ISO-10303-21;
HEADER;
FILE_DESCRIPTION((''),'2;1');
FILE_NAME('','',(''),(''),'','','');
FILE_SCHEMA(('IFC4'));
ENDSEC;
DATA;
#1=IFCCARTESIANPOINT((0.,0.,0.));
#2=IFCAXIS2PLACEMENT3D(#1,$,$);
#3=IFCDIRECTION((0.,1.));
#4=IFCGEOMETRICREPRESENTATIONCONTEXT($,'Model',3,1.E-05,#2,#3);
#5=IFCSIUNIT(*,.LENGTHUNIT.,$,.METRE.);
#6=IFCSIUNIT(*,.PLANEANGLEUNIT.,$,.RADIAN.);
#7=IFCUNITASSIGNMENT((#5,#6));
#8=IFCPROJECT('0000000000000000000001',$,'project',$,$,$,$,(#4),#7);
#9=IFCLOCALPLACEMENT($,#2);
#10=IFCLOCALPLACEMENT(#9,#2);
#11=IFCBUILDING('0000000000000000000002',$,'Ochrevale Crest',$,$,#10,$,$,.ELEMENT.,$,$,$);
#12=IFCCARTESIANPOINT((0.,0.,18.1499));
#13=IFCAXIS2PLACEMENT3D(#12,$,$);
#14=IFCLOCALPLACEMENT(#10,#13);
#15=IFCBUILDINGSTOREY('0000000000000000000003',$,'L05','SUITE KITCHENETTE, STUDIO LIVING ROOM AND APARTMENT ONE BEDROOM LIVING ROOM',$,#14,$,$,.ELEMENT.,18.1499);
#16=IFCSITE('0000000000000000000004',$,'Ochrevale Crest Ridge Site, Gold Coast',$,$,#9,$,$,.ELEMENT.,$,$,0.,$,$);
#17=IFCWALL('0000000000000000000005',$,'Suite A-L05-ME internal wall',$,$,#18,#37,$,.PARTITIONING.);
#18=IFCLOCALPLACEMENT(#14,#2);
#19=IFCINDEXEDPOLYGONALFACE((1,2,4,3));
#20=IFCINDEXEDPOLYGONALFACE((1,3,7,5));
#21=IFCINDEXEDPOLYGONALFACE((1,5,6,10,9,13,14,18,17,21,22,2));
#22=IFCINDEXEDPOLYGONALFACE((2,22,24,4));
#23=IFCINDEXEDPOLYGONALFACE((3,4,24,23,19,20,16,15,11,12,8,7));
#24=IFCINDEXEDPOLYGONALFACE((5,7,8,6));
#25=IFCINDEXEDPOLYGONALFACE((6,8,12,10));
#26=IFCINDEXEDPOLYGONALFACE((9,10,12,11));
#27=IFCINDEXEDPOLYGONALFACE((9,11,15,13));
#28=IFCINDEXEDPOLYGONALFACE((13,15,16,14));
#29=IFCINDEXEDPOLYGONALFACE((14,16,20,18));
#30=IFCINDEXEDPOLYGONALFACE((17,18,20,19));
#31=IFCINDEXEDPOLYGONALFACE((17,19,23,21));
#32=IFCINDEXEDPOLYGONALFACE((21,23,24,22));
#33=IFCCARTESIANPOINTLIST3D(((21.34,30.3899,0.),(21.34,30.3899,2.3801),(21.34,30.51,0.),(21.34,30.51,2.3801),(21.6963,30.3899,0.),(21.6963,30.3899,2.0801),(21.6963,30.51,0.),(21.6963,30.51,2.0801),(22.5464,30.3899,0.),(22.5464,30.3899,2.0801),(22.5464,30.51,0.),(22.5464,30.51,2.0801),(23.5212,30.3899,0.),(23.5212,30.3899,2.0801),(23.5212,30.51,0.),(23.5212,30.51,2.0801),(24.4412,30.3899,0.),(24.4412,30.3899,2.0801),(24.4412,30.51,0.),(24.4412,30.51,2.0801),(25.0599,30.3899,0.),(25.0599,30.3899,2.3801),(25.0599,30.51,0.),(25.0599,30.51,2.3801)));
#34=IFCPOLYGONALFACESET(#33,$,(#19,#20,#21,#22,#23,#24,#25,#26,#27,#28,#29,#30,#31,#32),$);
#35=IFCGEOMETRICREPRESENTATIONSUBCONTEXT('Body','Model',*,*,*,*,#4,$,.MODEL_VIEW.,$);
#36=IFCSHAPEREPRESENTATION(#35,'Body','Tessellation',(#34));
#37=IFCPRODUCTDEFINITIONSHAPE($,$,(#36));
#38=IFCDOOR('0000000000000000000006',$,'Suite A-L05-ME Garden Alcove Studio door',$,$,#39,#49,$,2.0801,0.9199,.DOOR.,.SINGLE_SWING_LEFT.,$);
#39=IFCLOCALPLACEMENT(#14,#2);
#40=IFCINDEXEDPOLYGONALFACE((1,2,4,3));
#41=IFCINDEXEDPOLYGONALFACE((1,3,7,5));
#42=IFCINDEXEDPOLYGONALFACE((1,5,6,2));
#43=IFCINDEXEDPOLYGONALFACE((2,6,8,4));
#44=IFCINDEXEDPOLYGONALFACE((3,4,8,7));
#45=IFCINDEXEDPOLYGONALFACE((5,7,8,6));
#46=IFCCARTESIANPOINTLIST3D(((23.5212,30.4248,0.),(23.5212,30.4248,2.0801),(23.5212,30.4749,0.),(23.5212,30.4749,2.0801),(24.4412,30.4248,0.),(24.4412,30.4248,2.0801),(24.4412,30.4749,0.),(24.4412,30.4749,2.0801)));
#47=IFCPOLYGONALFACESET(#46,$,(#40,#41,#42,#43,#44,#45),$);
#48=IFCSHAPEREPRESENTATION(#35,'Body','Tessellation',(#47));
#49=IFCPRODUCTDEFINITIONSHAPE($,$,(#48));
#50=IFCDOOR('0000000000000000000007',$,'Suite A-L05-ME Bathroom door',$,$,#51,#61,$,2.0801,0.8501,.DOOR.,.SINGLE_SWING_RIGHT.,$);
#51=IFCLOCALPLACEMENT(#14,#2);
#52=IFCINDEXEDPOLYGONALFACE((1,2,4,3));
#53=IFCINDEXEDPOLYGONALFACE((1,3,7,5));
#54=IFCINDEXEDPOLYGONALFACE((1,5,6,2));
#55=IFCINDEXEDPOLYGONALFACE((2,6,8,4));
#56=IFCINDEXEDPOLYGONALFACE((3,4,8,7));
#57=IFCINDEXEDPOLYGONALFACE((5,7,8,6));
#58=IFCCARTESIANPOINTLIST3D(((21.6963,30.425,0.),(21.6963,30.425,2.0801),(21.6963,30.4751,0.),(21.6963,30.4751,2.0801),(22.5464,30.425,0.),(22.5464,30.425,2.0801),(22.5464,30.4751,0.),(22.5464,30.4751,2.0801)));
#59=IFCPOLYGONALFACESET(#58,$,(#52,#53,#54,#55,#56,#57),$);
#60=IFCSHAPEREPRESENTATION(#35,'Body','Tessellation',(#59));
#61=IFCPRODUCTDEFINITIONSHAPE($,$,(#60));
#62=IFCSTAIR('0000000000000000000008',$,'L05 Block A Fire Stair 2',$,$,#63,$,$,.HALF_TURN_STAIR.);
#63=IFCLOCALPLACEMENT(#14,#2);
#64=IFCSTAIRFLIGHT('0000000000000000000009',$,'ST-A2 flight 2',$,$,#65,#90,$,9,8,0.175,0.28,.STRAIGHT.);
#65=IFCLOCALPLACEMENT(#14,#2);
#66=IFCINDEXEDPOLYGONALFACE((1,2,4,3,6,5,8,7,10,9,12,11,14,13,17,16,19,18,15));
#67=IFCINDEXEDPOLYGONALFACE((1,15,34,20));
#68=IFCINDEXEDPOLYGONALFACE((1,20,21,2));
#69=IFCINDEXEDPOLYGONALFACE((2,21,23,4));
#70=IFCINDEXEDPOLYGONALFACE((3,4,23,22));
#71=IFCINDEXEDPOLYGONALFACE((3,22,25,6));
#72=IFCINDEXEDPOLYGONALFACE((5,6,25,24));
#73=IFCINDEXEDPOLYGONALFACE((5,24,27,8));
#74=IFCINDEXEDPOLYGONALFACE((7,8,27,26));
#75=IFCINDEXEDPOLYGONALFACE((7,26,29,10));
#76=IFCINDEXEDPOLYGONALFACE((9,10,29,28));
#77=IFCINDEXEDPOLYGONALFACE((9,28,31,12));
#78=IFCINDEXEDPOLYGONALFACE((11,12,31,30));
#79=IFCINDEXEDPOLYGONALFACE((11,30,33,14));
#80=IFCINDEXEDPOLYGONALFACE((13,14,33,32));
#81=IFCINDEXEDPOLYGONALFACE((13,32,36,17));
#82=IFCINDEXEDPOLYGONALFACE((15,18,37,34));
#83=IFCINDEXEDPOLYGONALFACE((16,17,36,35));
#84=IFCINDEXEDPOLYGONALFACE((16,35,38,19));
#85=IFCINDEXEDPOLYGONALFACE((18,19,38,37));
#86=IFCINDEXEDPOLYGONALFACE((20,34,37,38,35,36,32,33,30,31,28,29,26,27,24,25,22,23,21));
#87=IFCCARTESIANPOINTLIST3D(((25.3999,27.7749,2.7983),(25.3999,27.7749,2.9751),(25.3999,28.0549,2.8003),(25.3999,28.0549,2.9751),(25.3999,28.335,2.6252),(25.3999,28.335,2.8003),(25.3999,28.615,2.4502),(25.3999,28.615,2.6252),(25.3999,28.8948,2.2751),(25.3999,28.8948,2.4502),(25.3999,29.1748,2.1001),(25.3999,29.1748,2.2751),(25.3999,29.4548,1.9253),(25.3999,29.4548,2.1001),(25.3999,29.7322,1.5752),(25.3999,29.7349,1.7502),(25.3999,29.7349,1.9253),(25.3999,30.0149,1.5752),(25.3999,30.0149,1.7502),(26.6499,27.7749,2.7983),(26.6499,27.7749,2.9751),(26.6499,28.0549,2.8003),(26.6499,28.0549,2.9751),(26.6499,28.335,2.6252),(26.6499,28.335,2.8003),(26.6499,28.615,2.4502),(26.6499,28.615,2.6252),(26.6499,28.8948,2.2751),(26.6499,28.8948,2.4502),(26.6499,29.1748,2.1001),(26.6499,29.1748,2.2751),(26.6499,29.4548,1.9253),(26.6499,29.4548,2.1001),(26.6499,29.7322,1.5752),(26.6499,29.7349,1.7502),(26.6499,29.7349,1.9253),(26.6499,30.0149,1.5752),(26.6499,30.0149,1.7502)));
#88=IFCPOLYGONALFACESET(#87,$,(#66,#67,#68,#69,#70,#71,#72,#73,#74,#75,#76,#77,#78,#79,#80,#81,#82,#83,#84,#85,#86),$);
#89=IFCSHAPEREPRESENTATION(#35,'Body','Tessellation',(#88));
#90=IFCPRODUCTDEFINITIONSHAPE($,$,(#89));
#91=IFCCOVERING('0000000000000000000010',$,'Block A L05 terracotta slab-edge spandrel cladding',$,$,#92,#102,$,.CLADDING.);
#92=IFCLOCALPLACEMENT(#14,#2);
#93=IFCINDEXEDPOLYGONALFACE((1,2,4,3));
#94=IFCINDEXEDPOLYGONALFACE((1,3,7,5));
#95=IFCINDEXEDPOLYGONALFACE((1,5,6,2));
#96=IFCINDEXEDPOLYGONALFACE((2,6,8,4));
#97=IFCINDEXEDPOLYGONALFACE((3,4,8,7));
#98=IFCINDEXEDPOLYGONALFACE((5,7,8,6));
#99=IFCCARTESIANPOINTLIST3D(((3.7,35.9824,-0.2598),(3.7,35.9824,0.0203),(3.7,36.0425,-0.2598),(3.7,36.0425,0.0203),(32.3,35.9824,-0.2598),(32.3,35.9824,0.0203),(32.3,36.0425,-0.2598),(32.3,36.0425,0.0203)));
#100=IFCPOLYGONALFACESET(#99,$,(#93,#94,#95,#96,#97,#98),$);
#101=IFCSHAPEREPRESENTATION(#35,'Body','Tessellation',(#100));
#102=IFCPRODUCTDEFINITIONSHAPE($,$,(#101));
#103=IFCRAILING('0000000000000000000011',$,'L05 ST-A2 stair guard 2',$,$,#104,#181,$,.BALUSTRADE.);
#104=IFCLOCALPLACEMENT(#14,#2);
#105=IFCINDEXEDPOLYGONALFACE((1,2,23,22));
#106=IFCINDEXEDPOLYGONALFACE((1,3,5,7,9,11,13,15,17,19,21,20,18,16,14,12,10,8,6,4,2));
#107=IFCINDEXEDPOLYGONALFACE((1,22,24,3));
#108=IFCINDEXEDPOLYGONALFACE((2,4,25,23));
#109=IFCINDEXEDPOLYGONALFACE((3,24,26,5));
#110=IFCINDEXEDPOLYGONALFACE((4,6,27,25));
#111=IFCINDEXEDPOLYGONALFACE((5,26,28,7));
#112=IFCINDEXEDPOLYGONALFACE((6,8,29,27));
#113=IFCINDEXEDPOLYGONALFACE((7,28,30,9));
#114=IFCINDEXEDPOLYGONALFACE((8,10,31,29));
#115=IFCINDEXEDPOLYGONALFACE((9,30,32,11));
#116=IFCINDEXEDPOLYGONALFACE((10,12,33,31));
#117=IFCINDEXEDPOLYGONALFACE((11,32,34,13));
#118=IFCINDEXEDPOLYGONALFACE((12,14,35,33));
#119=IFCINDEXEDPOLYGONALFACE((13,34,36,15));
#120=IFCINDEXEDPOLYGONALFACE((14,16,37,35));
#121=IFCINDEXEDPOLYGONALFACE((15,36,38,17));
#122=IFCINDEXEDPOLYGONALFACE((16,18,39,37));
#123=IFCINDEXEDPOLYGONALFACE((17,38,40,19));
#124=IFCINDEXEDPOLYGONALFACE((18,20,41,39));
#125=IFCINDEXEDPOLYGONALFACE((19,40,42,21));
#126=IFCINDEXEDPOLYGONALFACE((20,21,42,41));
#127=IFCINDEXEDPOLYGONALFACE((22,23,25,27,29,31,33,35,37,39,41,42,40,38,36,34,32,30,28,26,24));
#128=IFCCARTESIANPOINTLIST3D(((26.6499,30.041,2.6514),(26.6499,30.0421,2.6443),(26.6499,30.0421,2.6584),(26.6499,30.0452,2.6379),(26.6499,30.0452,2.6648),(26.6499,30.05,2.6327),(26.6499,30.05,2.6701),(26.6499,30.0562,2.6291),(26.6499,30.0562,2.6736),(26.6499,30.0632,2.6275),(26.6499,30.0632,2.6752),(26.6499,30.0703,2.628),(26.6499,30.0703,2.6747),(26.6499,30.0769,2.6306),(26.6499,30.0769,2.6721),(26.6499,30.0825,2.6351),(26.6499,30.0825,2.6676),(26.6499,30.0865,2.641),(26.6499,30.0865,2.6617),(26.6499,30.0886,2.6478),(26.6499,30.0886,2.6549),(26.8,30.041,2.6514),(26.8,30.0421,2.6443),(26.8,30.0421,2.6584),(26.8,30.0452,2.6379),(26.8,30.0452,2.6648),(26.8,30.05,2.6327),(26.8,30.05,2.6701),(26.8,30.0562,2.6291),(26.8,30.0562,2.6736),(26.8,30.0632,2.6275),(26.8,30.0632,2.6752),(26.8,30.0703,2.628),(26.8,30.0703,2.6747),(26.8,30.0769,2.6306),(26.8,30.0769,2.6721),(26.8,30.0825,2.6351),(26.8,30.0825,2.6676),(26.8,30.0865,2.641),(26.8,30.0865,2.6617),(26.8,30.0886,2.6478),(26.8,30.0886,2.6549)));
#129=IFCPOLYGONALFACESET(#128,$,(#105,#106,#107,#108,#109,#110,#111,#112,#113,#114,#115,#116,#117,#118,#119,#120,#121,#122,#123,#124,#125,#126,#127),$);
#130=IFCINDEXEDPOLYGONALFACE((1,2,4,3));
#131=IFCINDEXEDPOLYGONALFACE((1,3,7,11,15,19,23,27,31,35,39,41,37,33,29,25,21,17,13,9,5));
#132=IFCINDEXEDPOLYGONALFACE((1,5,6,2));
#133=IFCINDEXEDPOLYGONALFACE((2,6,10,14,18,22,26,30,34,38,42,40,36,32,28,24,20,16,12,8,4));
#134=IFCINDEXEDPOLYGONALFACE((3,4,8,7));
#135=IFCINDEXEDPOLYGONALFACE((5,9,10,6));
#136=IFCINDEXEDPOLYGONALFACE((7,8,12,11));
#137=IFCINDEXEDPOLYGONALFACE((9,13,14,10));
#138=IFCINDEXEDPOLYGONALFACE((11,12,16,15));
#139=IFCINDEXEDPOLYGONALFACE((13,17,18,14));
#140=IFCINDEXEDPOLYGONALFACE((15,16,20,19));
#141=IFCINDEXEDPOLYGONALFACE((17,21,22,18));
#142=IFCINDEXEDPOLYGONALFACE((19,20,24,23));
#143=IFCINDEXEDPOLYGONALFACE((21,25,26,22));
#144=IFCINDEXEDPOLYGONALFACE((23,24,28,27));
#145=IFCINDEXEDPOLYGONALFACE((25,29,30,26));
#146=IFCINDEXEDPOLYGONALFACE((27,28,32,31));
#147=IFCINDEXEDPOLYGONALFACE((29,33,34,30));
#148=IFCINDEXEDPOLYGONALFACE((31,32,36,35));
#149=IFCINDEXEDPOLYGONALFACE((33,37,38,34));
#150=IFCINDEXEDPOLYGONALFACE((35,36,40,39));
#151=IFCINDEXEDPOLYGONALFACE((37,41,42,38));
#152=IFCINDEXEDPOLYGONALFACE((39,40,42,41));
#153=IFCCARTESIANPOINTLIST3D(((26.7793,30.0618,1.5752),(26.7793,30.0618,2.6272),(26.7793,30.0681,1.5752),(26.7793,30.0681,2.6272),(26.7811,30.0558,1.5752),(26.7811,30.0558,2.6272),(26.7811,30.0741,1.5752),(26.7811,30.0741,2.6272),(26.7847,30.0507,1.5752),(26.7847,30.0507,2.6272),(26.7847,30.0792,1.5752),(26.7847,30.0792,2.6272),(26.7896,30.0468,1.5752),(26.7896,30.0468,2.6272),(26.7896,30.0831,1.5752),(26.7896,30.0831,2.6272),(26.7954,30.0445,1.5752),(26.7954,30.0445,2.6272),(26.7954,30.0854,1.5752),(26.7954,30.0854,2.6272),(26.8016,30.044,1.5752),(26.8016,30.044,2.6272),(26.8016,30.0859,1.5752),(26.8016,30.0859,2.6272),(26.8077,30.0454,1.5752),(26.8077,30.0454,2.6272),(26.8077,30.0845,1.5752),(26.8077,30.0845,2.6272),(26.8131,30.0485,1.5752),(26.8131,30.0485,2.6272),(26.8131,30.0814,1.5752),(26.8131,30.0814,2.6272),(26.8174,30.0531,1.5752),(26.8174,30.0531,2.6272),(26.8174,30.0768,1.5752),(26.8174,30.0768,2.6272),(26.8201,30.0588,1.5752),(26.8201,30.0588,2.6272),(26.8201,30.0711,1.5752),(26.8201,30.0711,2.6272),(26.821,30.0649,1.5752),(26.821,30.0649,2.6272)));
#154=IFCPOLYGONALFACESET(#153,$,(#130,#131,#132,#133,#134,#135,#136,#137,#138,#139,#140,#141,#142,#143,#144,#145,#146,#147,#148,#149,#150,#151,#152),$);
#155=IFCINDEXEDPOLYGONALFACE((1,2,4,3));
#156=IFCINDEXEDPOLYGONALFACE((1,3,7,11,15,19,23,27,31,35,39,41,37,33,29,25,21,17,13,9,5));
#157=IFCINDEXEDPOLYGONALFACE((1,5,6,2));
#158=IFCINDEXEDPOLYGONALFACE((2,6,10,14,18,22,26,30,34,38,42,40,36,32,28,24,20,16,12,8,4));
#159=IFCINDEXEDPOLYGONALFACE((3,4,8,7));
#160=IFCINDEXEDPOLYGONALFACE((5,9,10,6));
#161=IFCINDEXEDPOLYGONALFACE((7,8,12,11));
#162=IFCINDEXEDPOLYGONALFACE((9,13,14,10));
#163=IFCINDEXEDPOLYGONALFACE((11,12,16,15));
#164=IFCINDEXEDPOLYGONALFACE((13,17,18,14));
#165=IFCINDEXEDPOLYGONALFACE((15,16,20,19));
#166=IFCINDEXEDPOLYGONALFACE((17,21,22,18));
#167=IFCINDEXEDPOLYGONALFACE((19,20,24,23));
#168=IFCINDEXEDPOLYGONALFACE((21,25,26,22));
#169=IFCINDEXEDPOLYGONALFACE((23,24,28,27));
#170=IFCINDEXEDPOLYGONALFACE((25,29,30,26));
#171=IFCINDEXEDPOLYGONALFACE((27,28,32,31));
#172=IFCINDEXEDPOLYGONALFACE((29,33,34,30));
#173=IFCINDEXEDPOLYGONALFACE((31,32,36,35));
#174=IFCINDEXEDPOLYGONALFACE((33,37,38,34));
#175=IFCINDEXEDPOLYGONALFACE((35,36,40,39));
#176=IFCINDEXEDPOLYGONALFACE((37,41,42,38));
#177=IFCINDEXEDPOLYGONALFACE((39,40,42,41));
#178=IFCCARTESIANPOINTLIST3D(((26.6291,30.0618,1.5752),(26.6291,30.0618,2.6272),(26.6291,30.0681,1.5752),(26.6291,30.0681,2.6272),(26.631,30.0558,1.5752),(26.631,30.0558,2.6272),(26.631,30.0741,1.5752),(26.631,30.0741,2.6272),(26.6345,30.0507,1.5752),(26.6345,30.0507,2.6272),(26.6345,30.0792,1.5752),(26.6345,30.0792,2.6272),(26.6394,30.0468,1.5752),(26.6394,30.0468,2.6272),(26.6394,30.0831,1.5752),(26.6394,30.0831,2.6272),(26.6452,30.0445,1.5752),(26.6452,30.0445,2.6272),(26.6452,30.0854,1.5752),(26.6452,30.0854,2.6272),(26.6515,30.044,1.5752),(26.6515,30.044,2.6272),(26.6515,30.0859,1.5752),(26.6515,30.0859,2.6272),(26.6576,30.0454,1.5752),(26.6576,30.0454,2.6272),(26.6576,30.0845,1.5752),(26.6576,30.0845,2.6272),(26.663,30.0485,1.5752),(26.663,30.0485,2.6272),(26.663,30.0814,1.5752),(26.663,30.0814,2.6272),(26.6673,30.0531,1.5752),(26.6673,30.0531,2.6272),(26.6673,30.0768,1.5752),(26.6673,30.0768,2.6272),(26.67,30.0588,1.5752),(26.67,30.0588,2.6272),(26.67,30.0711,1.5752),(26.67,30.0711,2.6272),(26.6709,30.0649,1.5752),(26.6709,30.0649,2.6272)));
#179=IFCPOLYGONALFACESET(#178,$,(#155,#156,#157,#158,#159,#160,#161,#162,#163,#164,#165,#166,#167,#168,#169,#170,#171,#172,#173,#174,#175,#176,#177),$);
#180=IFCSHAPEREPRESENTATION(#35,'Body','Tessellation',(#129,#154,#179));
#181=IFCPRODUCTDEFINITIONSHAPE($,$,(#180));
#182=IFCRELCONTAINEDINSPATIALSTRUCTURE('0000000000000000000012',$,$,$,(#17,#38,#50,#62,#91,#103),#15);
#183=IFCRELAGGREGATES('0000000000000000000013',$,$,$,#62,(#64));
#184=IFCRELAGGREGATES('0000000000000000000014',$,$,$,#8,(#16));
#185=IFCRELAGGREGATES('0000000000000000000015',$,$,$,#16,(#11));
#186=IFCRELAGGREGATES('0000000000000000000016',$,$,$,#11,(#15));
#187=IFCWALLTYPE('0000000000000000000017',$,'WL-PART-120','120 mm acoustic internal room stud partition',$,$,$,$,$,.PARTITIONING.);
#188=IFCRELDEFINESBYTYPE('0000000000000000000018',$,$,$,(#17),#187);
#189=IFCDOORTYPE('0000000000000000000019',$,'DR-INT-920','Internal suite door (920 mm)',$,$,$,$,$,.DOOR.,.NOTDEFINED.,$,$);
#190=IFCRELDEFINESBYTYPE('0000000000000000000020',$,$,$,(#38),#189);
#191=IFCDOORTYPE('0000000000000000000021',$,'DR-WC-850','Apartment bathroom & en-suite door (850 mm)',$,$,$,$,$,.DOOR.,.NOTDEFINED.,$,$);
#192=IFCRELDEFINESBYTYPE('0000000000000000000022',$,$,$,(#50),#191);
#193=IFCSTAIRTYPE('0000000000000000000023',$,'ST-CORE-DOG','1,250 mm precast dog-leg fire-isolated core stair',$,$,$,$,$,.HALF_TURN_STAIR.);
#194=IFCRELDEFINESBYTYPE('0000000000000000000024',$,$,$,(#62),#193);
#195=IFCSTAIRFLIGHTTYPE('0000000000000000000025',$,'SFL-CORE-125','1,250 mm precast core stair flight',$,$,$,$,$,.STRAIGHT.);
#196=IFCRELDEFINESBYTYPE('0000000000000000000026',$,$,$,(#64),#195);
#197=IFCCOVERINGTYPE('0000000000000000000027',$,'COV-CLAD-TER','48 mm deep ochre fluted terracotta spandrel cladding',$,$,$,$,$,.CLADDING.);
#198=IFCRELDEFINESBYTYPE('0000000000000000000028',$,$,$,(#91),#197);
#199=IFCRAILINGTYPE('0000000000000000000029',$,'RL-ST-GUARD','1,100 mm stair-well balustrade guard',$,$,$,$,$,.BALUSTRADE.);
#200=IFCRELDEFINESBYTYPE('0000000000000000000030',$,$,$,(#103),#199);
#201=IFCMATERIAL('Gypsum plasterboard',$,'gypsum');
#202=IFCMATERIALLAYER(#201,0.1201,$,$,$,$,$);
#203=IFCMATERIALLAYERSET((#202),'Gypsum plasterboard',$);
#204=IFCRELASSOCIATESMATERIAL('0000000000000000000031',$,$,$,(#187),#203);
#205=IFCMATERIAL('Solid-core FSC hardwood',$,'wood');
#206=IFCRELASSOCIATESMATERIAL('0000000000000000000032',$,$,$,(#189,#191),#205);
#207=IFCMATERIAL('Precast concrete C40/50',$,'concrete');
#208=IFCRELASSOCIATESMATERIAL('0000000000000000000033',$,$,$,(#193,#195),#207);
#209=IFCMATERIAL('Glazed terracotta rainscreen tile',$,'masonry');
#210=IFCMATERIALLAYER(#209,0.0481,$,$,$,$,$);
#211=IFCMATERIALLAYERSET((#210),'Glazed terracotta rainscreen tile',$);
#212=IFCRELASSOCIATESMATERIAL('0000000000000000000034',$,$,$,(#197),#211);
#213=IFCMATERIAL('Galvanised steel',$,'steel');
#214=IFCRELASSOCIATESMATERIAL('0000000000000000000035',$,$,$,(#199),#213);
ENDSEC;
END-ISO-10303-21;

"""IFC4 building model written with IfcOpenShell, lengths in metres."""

from ifc_helpers import new_model, si_unit, direction, frame, frame_2d, origin, origin_2d, place, context, subcontext, project, spatial, polyline, rectangle, circle, outline, extrude, material, layer, layer_set, type_object, element, fill, aggregate, save


model = new_model("IFC4")

# Units and contexts
model_context = context("Model", 3, precision=1e-05, world=origin(), true_north=direction((0.0, 1.0)))
body_context = subcontext(model_context, "Body", "Model", "MODEL_VIEW")
ifc_project = project(units=[si_unit("LENGTHUNIT", "METRE"), si_unit("PLANEANGLEUNIT", "RADIAN")], contexts=[model_context])

# Site, building, storey
site_placement = place(None, origin())
site = spatial("IfcSite", under=ifc_project, at=site_placement, Name="Ochrevale Crest Ridge Site, Gold Coast", CompositionType="ELEMENT", RefElevation=0.0)
building_placement = place(site_placement, origin())
building = spatial("IfcBuilding", under=site, at=building_placement, Name="Ochrevale Crest", CompositionType="ELEMENT")
storey_placement = place(building_placement, frame((0.0, 0.0, 18.1499)))
storey = spatial("IfcBuildingStorey", under=building, at=storey_placement, Name="L05", Description="SUITE KITCHENETTE, STUDIO LIVING ROOM AND APARTMENT ONE BEDROOM LIVING ROOM", CompositionType="ELEMENT", Elevation=18.1499)

# Shared definitions
ifc_material_1 = material(Name="Precast concrete C40/50", Category="concrete")

# Wall, openings, doors
ifc_material_2 = material(Name="Gypsum plasterboard", Category="gypsum")
ifc_layer_1 = layer(ifc_material_2, 0.1201)
ifc_layer_set_1 = layer_set([ifc_layer_1], Name="Gypsum plasterboard")
wall_type_1 = type_object("IfcWallType", Name="WL-PART-120", Description="120 mm acoustic internal room stud partition", PredefinedType="PARTITIONING", material=ifc_layer_set_1)
wall_1_placement = place(storey_placement, frame((21.3401, 30.45, 0.0), z_axis=(0.0, 0.0, 1.0), x_axis=(1.0, 0.0, 0.0)))
wall_1 = element("IfcWall", 1, at=wall_1_placement, inside=storey, type_object=wall_type_1, Name="Suite A-L05-ME internal wall", PredefinedType="PARTITIONING", context=body_context, shape_type="SweptSolid", body=[
    extrude(rectangle(XDim=3.72, YDim=0.1201, at=frame_2d((1.8599, 0.0))), origin(), (0.0, 0.0, 1.0), 2.3801),
])
opening_1_placement = place(wall_1_placement, frame((1.2063, 0.0, 0.0), z_axis=(0.0, 0.0, 1.0), x_axis=(-1.0, 0.0, 0.0)))
opening_1 = element("IfcOpeningElement", 2, at=opening_1_placement, cuts=wall_1, PredefinedType="OPENING", context=body_context, shape_type="SweptSolid", body=[
    extrude(rectangle(XDim=0.8501, YDim=2.0801, at=frame_2d((0.425, 1.04))), frame((0.0, 0.0701, 0.0), z_axis=(0.0, -1.0, 0.0), x_axis=(1.0, 0.0, 0.0)), (0.0, 0.0, 1.0), 0.1401),
])
opening_2_placement = place(wall_1_placement, frame((2.1812, 0.0, 0.0)))
opening_2 = element("IfcOpeningElement", 3, at=opening_2_placement, cuts=wall_1, PredefinedType="OPENING", context=body_context, shape_type="SweptSolid", body=[
    extrude(rectangle(XDim=0.9199, YDim=2.0801, at=frame_2d((0.46, 1.04))), frame((0.0, 0.0701, 0.0), z_axis=(0.0, -1.0, 0.0), x_axis=(1.0, 0.0, 0.0)), (0.0, 0.0, 1.0), 0.1401),
])
ifc_material_3 = material(Name="Solid-core FSC hardwood", Category="wood")
door_type_1 = type_object("IfcDoorType", Name="DR-INT-920", Description="Internal suite door (920 mm)", OperationType="NOTDEFINED", PredefinedType="DOOR", material=ifc_material_3)
door_1_placement = place(opening_2_placement, origin())
door_1 = element("IfcDoor", 4, at=door_1_placement, inside=storey, type_object=door_type_1, Name="Suite A-L05-ME Garden Alcove Studio door", OperationType="SINGLE_SWING_LEFT", OverallHeight=2.0801, OverallWidth=0.9199, PredefinedType="DOOR", context=body_context, shape_type="SweptSolid", body=[
    extrude(rectangle(XDim=0.9199, YDim=2.0801, at=frame_2d((0.46, 1.04))), frame((0.0, 0.0249, 0.0), z_axis=(0.0, -1.0, 0.0), x_axis=(1.0, 0.0, 0.0)), (0.0, 0.0, 1.0), 0.05),
])
fill(opening_2, door_1)
door_type_2 = type_object("IfcDoorType", Name="DR-WC-850", Description="Apartment bathroom & en-suite door (850 mm)", OperationType="NOTDEFINED", PredefinedType="DOOR", material=ifc_material_3)
door_2_placement = place(opening_1_placement, origin())
door_2 = element("IfcDoor", 5, at=door_2_placement, inside=storey, type_object=door_type_2, Name="Suite A-L05-ME Bathroom door", OperationType="SINGLE_SWING_RIGHT", OverallHeight=2.0801, OverallWidth=0.8501, PredefinedType="DOOR", context=body_context, shape_type="SweptSolid", body=[
    extrude(rectangle(XDim=0.8501, YDim=2.0801, at=frame_2d((0.425, 1.04))), frame((0.0, 0.0249, 0.0), z_axis=(0.0, -1.0, 0.0), x_axis=(1.0, 0.0, 0.0)), (0.0, 0.0, 1.0), 0.05),
])
fill(opening_1, door_2)

# Stair, stair flight
stair_type = type_object("IfcStairType", Name="ST-CORE-DOG", Description="1,250 mm precast dog-leg fire-isolated core stair", PredefinedType="HALF_TURN_STAIR", material=ifc_material_1)
stair_placement = place(storey_placement, origin())
stair = element("IfcStair", 6, at=stair_placement, inside=storey, type_object=stair_type, Name="L05 Block A Fire Stair 2", PredefinedType="HALF_TURN_STAIR")
stair_flight_type = type_object("IfcStairFlightType", Name="SFL-CORE-125", Description="1,250 mm precast core stair flight", PredefinedType="STRAIGHT", material=ifc_material_1)
stair_flight_placement = place(storey_placement, frame((26.0249, 30.0149, 1.5752), z_axis=(0.0, 0.0, 1.0), x_axis=(0.0, -1.0, 0.0)))
stair_flight = element("IfcStairFlight", 7, at=stair_flight_placement, type_object=stair_flight_type, Name="ST-A2 flight 2", NumberOfRisers=9, NumberOfTreads=8, PredefinedType="STRAIGHT", RiserHeight=0.175, TreadLength=0.28, context=body_context, shape_type="SweptSolid", body=[
    extrude(outline(polyline([(0.0, 0.0), (0.0, 0.175), (0.28, 0.175), (0.28, 0.3501), (0.5601, 0.3501), (0.5601, 0.5249), (0.8401, 0.5249), (0.8401, 0.7), (1.1201, 0.7), (1.1201, 0.875), (1.3999, 0.875), (1.3999, 1.05), (1.6799, 1.05), (1.6799, 1.2251), (1.96, 1.2251), (1.96, 1.3999), (2.24, 1.3999), (2.24, 1.575), (2.24, 1.2231), (0.2827, 0.0), (0.0, 0.0)])), frame((0.0, 0.625, 0.0), z_axis=(0.0, -1.0, 0.0), x_axis=(1.0, 0.0, 0.0)), (0.0, 0.0, 1.0), 1.25),
])
aggregate(stair, [stair_flight])

# Covering
ifc_material_4 = material(Name="Glazed terracotta rainscreen tile", Category="masonry")
ifc_layer_2 = layer(ifc_material_4, 0.0481)
ifc_layer_set_2 = layer_set([ifc_layer_2], Name="Glazed terracotta rainscreen tile")
covering_type = type_object("IfcCoveringType", Name="COV-CLAD-TER", Description="48 mm deep ochre fluted terracotta spandrel cladding", PredefinedType="CLADDING", material=ifc_layer_set_2)
covering_placement = place(storey_placement, frame((18.0, 36.0125, -0.2598), z_axis=(0.0, 0.0, 1.0), x_axis=(-1.0, 0.0, 0.0)))
element("IfcCovering", 8, at=covering_placement, inside=storey, type_object=covering_type, Name="Block A L05 terracotta slab-edge spandrel cladding", PredefinedType="CLADDING", context=body_context, shape_type="SweptSolid", body=[
    extrude(rectangle(XDim=28.6001, YDim=0.0601, at=origin_2d()), origin(), (0.0, 0.0, 1.0), 0.28),
])

# Railing
ifc_material_5 = material(Name="Galvanised steel", Category="steel")
railing_type_1 = type_object("IfcRailingType", Name="RL-ST-GUARD", Description="1,100 mm stair-well balustrade guard", PredefinedType="BALUSTRADE", material=ifc_material_5)
railing_1_placement = place(storey_placement, frame((26.8, 30.0649, 1.5752)))
element("IfcRailing", 9, at=railing_1_placement, inside=storey, type_object=railing_type_1, Name="L05 ST-A2 stair guard 2", PredefinedType="BALUSTRADE", context=body_context, shape_type="SweptSolid", body=[
    extrude(circle(Radius=0.0239, at=origin_2d()), frame((0.0, 0.0, 1.0762), z_axis=(-1.0, 0.0, 0.0), x_axis=(0.0, -1.0, 0.0)), (0.0, 0.0, 1.0), 0.1501),
    extrude(circle(Radius=0.021, at=origin_2d()), origin(), (0.0, 0.0, 1.0), 1.052),
    extrude(circle(Radius=0.021, at=origin_2d()), frame((-0.1501, 0.0, 0.0)), (0.0, 0.0, 1.0), 1.052),
])

save(model, "model.ifc")
